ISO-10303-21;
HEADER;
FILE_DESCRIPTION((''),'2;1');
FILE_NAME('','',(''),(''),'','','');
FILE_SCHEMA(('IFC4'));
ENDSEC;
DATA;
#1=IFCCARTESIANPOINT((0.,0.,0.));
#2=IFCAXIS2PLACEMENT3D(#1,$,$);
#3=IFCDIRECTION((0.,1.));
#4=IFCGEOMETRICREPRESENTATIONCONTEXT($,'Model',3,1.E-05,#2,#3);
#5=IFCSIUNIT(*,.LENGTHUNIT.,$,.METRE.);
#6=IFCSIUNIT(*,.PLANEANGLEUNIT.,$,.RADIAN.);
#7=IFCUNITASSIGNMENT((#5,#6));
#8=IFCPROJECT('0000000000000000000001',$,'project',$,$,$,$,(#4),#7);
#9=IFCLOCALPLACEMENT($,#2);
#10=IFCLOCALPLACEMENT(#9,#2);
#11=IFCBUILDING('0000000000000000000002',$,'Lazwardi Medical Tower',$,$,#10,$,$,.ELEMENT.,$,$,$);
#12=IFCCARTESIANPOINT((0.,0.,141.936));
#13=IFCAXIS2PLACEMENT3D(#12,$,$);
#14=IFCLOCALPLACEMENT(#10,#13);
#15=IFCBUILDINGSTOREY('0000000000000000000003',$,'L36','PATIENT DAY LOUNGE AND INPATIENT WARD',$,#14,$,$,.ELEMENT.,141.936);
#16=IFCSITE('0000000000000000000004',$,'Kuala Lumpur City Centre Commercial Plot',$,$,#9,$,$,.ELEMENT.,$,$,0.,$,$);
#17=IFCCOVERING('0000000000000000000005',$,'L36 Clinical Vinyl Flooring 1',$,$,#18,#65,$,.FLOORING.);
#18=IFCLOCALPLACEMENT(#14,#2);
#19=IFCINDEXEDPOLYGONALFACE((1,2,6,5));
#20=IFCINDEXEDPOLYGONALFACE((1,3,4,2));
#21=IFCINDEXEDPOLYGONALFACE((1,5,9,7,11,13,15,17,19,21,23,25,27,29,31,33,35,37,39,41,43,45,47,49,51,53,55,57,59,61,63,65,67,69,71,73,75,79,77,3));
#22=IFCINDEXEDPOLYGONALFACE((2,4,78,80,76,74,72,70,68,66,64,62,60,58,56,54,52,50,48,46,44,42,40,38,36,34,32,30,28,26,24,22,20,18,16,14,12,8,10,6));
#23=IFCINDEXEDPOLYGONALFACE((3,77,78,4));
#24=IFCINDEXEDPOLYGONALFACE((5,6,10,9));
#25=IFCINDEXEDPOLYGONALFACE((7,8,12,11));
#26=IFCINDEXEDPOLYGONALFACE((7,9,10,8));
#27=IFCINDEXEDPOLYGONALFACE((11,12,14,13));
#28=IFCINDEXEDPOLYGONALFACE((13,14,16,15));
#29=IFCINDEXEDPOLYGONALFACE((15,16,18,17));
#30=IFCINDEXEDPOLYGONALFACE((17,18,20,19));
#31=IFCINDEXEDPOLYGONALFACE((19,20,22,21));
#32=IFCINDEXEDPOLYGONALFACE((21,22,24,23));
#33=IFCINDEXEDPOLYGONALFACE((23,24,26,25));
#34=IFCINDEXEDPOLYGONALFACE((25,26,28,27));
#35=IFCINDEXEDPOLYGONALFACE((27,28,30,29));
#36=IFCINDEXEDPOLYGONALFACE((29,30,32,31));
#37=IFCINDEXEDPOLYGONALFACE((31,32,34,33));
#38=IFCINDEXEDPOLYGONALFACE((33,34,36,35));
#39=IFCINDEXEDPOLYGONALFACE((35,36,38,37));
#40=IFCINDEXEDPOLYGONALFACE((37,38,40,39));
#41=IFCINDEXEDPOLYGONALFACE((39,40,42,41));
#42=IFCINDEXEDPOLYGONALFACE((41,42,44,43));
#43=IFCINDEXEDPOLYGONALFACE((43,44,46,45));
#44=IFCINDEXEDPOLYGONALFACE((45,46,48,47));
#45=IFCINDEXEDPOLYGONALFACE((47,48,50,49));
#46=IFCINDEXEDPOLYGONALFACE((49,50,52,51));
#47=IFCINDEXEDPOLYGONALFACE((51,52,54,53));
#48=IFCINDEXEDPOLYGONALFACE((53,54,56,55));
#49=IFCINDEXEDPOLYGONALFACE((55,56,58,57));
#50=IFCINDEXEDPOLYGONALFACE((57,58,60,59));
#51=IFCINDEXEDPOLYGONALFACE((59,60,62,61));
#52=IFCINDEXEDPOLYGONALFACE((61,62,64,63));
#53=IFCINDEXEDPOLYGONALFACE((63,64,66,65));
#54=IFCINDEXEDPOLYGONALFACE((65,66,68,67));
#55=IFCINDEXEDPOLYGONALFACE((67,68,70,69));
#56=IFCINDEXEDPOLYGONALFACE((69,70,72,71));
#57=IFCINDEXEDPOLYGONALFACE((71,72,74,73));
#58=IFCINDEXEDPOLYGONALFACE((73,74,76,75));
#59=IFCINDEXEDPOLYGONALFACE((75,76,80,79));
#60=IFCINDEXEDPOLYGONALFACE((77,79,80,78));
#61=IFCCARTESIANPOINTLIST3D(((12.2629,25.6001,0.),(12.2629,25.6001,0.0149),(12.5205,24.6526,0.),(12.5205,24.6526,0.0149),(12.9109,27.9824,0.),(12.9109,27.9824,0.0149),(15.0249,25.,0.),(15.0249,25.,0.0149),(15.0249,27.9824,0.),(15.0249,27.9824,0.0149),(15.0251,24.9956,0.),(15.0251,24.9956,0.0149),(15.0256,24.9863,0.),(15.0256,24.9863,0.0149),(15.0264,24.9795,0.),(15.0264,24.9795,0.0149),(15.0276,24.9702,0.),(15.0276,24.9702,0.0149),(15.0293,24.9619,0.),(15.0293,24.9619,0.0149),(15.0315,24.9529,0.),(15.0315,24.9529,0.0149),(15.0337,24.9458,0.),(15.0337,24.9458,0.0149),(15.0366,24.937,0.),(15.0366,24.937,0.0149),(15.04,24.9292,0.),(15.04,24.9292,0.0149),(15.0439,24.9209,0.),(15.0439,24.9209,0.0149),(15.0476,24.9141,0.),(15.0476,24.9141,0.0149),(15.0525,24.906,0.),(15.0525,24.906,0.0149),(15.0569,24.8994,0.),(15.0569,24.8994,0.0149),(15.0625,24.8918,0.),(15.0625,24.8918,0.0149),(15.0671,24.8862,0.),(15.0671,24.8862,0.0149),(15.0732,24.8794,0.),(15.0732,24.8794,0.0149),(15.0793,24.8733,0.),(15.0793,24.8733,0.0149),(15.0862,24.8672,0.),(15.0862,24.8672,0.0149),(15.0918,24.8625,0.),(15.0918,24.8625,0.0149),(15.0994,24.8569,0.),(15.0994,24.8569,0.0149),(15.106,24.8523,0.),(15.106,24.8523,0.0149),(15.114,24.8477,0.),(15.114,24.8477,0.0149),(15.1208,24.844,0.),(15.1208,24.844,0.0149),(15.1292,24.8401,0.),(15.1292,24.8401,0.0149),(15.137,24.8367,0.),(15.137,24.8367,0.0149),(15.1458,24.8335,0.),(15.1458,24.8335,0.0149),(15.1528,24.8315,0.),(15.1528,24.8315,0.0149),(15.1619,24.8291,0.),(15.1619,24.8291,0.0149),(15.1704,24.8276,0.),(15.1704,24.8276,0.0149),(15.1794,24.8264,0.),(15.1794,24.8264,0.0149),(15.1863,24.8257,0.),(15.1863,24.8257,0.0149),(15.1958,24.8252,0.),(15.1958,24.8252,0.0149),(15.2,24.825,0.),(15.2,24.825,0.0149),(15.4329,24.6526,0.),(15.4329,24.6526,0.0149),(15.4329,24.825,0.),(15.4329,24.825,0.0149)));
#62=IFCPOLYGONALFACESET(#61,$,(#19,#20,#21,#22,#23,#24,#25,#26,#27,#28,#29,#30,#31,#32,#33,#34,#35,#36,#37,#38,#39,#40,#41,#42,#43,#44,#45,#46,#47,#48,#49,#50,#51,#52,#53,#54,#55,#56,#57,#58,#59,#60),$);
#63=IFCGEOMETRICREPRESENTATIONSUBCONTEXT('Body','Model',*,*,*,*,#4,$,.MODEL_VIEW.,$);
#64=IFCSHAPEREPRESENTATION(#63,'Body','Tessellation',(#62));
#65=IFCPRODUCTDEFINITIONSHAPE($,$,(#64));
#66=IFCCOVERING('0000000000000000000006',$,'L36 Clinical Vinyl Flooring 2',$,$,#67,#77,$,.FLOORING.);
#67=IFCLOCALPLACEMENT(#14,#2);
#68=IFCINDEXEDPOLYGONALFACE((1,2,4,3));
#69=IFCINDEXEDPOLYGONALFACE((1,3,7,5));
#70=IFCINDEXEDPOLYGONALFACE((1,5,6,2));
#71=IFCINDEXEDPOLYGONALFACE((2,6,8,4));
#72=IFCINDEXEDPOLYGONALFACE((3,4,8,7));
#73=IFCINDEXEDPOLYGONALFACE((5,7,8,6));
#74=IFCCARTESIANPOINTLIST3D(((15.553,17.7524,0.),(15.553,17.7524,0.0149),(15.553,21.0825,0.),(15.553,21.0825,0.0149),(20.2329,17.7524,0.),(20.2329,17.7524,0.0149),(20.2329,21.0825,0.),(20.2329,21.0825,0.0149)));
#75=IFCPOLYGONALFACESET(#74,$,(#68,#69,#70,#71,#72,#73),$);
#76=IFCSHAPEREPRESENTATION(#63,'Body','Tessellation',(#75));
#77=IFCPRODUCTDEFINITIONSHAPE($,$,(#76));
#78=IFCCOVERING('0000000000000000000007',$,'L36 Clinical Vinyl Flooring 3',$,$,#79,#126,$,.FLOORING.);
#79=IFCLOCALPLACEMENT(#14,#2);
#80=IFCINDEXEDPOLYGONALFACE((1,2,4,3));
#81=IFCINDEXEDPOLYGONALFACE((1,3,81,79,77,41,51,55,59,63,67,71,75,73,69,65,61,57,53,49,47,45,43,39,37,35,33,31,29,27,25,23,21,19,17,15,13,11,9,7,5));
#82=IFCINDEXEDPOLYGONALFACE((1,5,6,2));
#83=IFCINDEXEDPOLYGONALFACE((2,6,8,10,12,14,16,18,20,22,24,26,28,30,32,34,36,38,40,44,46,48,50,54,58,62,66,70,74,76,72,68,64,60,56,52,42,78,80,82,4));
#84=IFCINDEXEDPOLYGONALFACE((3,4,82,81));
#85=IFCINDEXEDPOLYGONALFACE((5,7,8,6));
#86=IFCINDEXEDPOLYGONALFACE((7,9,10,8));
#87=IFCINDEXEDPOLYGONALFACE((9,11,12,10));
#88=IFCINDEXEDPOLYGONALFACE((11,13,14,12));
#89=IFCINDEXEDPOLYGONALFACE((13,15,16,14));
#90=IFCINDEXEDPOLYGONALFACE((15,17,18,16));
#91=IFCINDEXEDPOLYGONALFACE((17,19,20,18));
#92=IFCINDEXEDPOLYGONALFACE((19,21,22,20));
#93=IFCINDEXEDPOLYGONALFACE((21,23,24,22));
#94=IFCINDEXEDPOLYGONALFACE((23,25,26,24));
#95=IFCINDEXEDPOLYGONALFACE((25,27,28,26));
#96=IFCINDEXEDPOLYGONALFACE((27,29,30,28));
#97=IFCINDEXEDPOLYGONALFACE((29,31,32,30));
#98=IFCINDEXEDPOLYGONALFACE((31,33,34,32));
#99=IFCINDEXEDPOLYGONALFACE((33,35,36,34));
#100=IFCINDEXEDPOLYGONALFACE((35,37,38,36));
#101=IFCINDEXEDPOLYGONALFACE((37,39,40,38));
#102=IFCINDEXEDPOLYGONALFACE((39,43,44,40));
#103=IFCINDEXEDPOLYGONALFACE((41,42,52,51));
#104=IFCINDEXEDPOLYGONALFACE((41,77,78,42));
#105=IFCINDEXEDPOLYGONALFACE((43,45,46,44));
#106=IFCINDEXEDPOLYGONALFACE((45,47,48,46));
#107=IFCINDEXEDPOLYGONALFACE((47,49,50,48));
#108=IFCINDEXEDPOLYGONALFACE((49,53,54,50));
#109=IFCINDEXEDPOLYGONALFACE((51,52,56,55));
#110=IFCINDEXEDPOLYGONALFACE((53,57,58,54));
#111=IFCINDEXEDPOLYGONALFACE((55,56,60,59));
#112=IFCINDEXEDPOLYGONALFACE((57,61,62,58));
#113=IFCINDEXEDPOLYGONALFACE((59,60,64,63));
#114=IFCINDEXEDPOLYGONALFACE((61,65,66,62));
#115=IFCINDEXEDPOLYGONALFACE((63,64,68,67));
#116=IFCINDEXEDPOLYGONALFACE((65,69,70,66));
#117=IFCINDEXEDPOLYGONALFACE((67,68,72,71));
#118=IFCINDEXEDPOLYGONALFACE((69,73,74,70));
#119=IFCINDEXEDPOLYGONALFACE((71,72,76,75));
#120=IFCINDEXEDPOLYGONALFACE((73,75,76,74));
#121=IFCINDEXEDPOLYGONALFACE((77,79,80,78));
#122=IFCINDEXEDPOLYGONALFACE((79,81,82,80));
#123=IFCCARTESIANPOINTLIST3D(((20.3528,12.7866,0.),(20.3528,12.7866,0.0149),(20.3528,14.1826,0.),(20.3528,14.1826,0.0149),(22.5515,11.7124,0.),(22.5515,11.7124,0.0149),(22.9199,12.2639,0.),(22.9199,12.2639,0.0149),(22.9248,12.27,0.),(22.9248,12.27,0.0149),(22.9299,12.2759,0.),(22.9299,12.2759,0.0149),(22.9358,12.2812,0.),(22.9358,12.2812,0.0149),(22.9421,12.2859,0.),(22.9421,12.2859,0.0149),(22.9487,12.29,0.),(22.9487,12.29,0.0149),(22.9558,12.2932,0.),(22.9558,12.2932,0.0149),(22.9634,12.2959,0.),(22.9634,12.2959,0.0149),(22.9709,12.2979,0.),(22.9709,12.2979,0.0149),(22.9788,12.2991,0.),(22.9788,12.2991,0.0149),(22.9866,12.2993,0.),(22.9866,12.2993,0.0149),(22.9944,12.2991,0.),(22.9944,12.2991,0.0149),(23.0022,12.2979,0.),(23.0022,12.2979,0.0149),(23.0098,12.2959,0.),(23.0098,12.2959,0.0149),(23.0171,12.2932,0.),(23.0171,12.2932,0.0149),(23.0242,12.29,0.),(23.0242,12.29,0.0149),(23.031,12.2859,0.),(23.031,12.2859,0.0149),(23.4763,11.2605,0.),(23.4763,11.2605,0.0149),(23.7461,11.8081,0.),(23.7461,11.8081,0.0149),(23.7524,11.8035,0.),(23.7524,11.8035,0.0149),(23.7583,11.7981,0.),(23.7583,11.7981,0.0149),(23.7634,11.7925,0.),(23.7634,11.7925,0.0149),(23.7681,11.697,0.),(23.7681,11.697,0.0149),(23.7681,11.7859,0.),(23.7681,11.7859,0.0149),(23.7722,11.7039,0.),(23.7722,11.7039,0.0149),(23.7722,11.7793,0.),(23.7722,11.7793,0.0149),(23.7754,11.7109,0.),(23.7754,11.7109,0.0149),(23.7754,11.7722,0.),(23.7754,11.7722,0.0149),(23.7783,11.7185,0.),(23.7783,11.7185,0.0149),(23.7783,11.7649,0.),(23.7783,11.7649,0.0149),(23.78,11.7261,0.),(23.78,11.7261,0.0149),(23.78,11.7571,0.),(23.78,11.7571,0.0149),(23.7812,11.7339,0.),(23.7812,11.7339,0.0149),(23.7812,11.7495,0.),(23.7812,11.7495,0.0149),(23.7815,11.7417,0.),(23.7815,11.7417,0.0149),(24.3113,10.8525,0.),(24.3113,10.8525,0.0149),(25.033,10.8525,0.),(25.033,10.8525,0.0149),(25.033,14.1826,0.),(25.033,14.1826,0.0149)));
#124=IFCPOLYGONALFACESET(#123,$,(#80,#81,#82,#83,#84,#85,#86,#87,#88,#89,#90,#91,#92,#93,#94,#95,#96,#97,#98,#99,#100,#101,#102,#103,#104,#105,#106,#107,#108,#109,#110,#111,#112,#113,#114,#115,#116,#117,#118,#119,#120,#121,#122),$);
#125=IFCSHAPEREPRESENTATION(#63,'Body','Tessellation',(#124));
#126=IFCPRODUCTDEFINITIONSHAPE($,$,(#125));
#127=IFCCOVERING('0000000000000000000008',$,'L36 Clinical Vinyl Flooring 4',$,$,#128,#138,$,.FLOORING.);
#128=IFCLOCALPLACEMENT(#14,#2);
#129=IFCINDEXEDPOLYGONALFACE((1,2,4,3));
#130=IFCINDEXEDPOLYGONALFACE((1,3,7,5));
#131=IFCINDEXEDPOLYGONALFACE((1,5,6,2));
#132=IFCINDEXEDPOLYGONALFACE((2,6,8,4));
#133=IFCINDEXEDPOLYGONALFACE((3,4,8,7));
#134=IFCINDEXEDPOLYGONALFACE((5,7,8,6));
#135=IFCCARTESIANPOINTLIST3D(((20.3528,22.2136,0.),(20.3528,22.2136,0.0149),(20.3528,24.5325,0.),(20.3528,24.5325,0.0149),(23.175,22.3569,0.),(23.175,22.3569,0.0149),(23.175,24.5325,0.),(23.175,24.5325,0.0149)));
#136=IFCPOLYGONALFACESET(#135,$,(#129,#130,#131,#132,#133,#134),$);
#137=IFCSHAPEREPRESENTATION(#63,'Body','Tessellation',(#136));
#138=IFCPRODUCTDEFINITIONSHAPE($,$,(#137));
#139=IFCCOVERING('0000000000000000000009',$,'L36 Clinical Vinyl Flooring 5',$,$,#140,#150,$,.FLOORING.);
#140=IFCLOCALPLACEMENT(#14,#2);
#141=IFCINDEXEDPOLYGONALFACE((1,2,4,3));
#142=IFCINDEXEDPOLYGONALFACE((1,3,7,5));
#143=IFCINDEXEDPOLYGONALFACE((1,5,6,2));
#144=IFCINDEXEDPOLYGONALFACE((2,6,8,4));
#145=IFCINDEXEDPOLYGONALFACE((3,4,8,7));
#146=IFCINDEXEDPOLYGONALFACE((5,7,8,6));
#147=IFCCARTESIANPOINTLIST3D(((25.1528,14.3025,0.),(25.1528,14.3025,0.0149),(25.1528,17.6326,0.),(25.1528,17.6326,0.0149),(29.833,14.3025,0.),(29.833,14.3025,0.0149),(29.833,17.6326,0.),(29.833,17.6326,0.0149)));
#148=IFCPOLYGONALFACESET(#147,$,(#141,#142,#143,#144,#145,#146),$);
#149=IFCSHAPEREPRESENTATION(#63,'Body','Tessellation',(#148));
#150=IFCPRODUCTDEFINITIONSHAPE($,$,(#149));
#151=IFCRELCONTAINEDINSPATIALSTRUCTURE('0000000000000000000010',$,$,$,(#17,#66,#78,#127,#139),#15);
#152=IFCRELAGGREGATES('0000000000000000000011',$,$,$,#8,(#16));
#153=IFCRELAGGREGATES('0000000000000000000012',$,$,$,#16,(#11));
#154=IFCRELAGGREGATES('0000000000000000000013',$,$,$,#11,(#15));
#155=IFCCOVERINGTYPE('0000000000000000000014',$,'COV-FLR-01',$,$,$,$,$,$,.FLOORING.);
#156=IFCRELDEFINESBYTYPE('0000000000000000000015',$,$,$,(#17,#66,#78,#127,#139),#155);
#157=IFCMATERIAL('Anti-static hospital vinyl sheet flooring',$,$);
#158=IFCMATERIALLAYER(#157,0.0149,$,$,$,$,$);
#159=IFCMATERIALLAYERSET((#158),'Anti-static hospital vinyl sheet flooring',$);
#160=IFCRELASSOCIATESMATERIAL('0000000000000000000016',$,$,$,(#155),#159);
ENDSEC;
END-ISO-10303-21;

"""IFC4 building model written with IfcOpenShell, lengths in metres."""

from ifc_helpers import new_model, si_unit, direction, frame, origin, place, context, subcontext, project, spatial, polyline, outline, extrude, material, layer, layer_set, type_object, element, save


model = new_model("IFC4")

# Units and contexts
model_context = context("Model", 3, precision=1e-05, world=origin(), true_north=direction((0.0, 1.0)))
body_context = subcontext(model_context, "Body", "Model", "MODEL_VIEW")
ifc_project = project(units=[si_unit("LENGTHUNIT", "METRE"), si_unit("PLANEANGLEUNIT", "RADIAN")], contexts=[model_context])

# Site, building, storey
site_placement = place(None, origin())
site = spatial("IfcSite", under=ifc_project, at=site_placement, Name="Kuala Lumpur City Centre Commercial Plot", CompositionType="ELEMENT", RefElevation=0.0)
building_placement = place(site_placement, origin())
building = spatial("IfcBuilding", under=site, at=building_placement, Name="Lazwardi Medical Tower", CompositionType="ELEMENT")
storey_placement = place(building_placement, frame((0.0, 0.0, 141.936)))
storey = spatial("IfcBuildingStorey", under=building, at=storey_placement, Name="L36", Description="PATIENT DAY LOUNGE AND INPATIENT WARD", CompositionType="ELEMENT", Elevation=141.936)

# Coverings
ifc_material_1 = material(Name="Anti-static hospital vinyl sheet flooring")
ifc_layer_1 = layer(ifc_material_1, 0.0149)
ifc_layer_set_1 = layer_set([ifc_layer_1], Name="Anti-static hospital vinyl sheet flooring")
covering_type_1 = type_object("IfcCoveringType", Name="COV-FLR-01", PredefinedType="FLOORING", material=ifc_layer_set_1)
covering_1_placement = place(storey_placement, origin())
element("IfcCovering", 1, at=covering_1_placement, inside=storey, type_object=covering_type_1, Name="L36 Clinical Vinyl Flooring 1", PredefinedType="FLOORING", context=body_context, shape_type="SweptSolid", body=[
    extrude(outline(polyline([(15.4329, 24.825), (15.2, 24.825), (15.1958, 24.8252), (15.1863, 24.8257), (15.1794, 24.8264), (15.1704, 24.8276), (15.1619, 24.8291), (15.1528, 24.8315), (15.1458, 24.8335), (15.137, 24.8367), (15.1292, 24.8401), (15.1208, 24.844), (15.114, 24.8477), (15.106, 24.8523), (15.0994, 24.8569), (15.0918, 24.8625), (15.0862, 24.8672), (15.0793, 24.8733), (15.0732, 24.8794), (15.0671, 24.8862), (15.0625, 24.8918), (15.0569, 24.8994), (15.0525, 24.906), (15.0476, 24.9141), (15.0439, 24.9209), (15.04, 24.9292), (15.0366, 24.937), (15.0337, 24.9458), (15.0315, 24.9529), (15.0293, 24.9619), (15.0276, 24.9702), (15.0264, 24.9795), (15.0256, 24.9863), (15.0251, 24.9956), (15.0249, 25.0), (15.0249, 27.9824), (12.9109, 27.9824), (12.2629, 25.6001), (12.5205, 24.6526), (15.4329, 24.6526), (15.4329, 24.825)])), origin(), (0.0, 0.0, 1.0), 0.0149),
])
covering_2_placement = place(storey_placement, origin())
element("IfcCovering", 2, at=covering_2_placement, inside=storey, type_object=covering_type_1, Name="L36 Clinical Vinyl Flooring 2", PredefinedType="FLOORING", context=body_context, shape_type="SweptSolid", body=[
    extrude(outline(polyline([(20.2329, 17.7524), (20.2329, 21.0825), (15.553, 21.0825), (15.553, 17.7524), (20.2329, 17.7524)])), origin(), (0.0, 0.0, 1.0), 0.0149),
])
covering_3_placement = place(storey_placement, origin())
element("IfcCovering", 3, at=covering_3_placement, inside=storey, type_object=covering_type_1, Name="L36 Clinical Vinyl Flooring 3", PredefinedType="FLOORING", context=body_context, shape_type="SweptSolid", body=[
    extrude(outline(polyline([(20.3528, 12.7866), (22.5515, 11.7124), (22.9199, 12.2639), (22.9248, 12.27), (22.9299, 12.2759), (22.9358, 12.2812), (22.9421, 12.2859), (22.9487, 12.29), (22.9558, 12.2932), (22.9634, 12.2959), (22.9709, 12.2979), (22.9788, 12.2991), (22.9866, 12.2993), (22.9944, 12.2991), (23.0022, 12.2979), (23.0098, 12.2959), (23.0171, 12.2932), (23.0242, 12.29), (23.031, 12.2859), (23.7461, 11.8081), (23.7524, 11.8035), (23.7583, 11.7981), (23.7634, 11.7925), (23.7681, 11.7859), (23.7722, 11.7793), (23.7754, 11.7722), (23.7783, 11.7649), (23.78, 11.7571), (23.7812, 11.7495), (23.7815, 11.7417), (23.7812, 11.7339), (23.78, 11.7261), (23.7783, 11.7185), (23.7754, 11.7109), (23.7722, 11.7039), (23.7681, 11.697), (23.4763, 11.2605), (24.3113, 10.8525), (25.033, 10.8525), (25.033, 14.1826), (20.3528, 14.1826), (20.3528, 12.7866)])), origin(), (0.0, 0.0, 1.0), 0.0149),
])
covering_4_placement = place(storey_placement, origin())
element("IfcCovering", 4, at=covering_4_placement, inside=storey, type_object=covering_type_1, Name="L36 Clinical Vinyl Flooring 4", PredefinedType="FLOORING", context=body_context, shape_type="SweptSolid", body=[
    extrude(outline(polyline([(20.3528, 22.2136), (23.175, 22.3569), (23.175, 24.5325), (20.3528, 24.5325), (20.3528, 22.2136)])), origin(), (0.0, 0.0, 1.0), 0.0149),
])
covering_5_placement = place(storey_placement, origin())
element("IfcCovering", 5, at=covering_5_placement, inside=storey, type_object=covering_type_1, Name="L36 Clinical Vinyl Flooring 5", PredefinedType="FLOORING", context=body_context, shape_type="SweptSolid", body=[
    extrude(outline(polyline([(29.833, 14.3025), (29.833, 17.6326), (25.1528, 17.6326), (25.1528, 14.3025), (29.833, 14.3025)])), origin(), (0.0, 0.0, 1.0), 0.0149),
])

save(model, "model.ifc")
